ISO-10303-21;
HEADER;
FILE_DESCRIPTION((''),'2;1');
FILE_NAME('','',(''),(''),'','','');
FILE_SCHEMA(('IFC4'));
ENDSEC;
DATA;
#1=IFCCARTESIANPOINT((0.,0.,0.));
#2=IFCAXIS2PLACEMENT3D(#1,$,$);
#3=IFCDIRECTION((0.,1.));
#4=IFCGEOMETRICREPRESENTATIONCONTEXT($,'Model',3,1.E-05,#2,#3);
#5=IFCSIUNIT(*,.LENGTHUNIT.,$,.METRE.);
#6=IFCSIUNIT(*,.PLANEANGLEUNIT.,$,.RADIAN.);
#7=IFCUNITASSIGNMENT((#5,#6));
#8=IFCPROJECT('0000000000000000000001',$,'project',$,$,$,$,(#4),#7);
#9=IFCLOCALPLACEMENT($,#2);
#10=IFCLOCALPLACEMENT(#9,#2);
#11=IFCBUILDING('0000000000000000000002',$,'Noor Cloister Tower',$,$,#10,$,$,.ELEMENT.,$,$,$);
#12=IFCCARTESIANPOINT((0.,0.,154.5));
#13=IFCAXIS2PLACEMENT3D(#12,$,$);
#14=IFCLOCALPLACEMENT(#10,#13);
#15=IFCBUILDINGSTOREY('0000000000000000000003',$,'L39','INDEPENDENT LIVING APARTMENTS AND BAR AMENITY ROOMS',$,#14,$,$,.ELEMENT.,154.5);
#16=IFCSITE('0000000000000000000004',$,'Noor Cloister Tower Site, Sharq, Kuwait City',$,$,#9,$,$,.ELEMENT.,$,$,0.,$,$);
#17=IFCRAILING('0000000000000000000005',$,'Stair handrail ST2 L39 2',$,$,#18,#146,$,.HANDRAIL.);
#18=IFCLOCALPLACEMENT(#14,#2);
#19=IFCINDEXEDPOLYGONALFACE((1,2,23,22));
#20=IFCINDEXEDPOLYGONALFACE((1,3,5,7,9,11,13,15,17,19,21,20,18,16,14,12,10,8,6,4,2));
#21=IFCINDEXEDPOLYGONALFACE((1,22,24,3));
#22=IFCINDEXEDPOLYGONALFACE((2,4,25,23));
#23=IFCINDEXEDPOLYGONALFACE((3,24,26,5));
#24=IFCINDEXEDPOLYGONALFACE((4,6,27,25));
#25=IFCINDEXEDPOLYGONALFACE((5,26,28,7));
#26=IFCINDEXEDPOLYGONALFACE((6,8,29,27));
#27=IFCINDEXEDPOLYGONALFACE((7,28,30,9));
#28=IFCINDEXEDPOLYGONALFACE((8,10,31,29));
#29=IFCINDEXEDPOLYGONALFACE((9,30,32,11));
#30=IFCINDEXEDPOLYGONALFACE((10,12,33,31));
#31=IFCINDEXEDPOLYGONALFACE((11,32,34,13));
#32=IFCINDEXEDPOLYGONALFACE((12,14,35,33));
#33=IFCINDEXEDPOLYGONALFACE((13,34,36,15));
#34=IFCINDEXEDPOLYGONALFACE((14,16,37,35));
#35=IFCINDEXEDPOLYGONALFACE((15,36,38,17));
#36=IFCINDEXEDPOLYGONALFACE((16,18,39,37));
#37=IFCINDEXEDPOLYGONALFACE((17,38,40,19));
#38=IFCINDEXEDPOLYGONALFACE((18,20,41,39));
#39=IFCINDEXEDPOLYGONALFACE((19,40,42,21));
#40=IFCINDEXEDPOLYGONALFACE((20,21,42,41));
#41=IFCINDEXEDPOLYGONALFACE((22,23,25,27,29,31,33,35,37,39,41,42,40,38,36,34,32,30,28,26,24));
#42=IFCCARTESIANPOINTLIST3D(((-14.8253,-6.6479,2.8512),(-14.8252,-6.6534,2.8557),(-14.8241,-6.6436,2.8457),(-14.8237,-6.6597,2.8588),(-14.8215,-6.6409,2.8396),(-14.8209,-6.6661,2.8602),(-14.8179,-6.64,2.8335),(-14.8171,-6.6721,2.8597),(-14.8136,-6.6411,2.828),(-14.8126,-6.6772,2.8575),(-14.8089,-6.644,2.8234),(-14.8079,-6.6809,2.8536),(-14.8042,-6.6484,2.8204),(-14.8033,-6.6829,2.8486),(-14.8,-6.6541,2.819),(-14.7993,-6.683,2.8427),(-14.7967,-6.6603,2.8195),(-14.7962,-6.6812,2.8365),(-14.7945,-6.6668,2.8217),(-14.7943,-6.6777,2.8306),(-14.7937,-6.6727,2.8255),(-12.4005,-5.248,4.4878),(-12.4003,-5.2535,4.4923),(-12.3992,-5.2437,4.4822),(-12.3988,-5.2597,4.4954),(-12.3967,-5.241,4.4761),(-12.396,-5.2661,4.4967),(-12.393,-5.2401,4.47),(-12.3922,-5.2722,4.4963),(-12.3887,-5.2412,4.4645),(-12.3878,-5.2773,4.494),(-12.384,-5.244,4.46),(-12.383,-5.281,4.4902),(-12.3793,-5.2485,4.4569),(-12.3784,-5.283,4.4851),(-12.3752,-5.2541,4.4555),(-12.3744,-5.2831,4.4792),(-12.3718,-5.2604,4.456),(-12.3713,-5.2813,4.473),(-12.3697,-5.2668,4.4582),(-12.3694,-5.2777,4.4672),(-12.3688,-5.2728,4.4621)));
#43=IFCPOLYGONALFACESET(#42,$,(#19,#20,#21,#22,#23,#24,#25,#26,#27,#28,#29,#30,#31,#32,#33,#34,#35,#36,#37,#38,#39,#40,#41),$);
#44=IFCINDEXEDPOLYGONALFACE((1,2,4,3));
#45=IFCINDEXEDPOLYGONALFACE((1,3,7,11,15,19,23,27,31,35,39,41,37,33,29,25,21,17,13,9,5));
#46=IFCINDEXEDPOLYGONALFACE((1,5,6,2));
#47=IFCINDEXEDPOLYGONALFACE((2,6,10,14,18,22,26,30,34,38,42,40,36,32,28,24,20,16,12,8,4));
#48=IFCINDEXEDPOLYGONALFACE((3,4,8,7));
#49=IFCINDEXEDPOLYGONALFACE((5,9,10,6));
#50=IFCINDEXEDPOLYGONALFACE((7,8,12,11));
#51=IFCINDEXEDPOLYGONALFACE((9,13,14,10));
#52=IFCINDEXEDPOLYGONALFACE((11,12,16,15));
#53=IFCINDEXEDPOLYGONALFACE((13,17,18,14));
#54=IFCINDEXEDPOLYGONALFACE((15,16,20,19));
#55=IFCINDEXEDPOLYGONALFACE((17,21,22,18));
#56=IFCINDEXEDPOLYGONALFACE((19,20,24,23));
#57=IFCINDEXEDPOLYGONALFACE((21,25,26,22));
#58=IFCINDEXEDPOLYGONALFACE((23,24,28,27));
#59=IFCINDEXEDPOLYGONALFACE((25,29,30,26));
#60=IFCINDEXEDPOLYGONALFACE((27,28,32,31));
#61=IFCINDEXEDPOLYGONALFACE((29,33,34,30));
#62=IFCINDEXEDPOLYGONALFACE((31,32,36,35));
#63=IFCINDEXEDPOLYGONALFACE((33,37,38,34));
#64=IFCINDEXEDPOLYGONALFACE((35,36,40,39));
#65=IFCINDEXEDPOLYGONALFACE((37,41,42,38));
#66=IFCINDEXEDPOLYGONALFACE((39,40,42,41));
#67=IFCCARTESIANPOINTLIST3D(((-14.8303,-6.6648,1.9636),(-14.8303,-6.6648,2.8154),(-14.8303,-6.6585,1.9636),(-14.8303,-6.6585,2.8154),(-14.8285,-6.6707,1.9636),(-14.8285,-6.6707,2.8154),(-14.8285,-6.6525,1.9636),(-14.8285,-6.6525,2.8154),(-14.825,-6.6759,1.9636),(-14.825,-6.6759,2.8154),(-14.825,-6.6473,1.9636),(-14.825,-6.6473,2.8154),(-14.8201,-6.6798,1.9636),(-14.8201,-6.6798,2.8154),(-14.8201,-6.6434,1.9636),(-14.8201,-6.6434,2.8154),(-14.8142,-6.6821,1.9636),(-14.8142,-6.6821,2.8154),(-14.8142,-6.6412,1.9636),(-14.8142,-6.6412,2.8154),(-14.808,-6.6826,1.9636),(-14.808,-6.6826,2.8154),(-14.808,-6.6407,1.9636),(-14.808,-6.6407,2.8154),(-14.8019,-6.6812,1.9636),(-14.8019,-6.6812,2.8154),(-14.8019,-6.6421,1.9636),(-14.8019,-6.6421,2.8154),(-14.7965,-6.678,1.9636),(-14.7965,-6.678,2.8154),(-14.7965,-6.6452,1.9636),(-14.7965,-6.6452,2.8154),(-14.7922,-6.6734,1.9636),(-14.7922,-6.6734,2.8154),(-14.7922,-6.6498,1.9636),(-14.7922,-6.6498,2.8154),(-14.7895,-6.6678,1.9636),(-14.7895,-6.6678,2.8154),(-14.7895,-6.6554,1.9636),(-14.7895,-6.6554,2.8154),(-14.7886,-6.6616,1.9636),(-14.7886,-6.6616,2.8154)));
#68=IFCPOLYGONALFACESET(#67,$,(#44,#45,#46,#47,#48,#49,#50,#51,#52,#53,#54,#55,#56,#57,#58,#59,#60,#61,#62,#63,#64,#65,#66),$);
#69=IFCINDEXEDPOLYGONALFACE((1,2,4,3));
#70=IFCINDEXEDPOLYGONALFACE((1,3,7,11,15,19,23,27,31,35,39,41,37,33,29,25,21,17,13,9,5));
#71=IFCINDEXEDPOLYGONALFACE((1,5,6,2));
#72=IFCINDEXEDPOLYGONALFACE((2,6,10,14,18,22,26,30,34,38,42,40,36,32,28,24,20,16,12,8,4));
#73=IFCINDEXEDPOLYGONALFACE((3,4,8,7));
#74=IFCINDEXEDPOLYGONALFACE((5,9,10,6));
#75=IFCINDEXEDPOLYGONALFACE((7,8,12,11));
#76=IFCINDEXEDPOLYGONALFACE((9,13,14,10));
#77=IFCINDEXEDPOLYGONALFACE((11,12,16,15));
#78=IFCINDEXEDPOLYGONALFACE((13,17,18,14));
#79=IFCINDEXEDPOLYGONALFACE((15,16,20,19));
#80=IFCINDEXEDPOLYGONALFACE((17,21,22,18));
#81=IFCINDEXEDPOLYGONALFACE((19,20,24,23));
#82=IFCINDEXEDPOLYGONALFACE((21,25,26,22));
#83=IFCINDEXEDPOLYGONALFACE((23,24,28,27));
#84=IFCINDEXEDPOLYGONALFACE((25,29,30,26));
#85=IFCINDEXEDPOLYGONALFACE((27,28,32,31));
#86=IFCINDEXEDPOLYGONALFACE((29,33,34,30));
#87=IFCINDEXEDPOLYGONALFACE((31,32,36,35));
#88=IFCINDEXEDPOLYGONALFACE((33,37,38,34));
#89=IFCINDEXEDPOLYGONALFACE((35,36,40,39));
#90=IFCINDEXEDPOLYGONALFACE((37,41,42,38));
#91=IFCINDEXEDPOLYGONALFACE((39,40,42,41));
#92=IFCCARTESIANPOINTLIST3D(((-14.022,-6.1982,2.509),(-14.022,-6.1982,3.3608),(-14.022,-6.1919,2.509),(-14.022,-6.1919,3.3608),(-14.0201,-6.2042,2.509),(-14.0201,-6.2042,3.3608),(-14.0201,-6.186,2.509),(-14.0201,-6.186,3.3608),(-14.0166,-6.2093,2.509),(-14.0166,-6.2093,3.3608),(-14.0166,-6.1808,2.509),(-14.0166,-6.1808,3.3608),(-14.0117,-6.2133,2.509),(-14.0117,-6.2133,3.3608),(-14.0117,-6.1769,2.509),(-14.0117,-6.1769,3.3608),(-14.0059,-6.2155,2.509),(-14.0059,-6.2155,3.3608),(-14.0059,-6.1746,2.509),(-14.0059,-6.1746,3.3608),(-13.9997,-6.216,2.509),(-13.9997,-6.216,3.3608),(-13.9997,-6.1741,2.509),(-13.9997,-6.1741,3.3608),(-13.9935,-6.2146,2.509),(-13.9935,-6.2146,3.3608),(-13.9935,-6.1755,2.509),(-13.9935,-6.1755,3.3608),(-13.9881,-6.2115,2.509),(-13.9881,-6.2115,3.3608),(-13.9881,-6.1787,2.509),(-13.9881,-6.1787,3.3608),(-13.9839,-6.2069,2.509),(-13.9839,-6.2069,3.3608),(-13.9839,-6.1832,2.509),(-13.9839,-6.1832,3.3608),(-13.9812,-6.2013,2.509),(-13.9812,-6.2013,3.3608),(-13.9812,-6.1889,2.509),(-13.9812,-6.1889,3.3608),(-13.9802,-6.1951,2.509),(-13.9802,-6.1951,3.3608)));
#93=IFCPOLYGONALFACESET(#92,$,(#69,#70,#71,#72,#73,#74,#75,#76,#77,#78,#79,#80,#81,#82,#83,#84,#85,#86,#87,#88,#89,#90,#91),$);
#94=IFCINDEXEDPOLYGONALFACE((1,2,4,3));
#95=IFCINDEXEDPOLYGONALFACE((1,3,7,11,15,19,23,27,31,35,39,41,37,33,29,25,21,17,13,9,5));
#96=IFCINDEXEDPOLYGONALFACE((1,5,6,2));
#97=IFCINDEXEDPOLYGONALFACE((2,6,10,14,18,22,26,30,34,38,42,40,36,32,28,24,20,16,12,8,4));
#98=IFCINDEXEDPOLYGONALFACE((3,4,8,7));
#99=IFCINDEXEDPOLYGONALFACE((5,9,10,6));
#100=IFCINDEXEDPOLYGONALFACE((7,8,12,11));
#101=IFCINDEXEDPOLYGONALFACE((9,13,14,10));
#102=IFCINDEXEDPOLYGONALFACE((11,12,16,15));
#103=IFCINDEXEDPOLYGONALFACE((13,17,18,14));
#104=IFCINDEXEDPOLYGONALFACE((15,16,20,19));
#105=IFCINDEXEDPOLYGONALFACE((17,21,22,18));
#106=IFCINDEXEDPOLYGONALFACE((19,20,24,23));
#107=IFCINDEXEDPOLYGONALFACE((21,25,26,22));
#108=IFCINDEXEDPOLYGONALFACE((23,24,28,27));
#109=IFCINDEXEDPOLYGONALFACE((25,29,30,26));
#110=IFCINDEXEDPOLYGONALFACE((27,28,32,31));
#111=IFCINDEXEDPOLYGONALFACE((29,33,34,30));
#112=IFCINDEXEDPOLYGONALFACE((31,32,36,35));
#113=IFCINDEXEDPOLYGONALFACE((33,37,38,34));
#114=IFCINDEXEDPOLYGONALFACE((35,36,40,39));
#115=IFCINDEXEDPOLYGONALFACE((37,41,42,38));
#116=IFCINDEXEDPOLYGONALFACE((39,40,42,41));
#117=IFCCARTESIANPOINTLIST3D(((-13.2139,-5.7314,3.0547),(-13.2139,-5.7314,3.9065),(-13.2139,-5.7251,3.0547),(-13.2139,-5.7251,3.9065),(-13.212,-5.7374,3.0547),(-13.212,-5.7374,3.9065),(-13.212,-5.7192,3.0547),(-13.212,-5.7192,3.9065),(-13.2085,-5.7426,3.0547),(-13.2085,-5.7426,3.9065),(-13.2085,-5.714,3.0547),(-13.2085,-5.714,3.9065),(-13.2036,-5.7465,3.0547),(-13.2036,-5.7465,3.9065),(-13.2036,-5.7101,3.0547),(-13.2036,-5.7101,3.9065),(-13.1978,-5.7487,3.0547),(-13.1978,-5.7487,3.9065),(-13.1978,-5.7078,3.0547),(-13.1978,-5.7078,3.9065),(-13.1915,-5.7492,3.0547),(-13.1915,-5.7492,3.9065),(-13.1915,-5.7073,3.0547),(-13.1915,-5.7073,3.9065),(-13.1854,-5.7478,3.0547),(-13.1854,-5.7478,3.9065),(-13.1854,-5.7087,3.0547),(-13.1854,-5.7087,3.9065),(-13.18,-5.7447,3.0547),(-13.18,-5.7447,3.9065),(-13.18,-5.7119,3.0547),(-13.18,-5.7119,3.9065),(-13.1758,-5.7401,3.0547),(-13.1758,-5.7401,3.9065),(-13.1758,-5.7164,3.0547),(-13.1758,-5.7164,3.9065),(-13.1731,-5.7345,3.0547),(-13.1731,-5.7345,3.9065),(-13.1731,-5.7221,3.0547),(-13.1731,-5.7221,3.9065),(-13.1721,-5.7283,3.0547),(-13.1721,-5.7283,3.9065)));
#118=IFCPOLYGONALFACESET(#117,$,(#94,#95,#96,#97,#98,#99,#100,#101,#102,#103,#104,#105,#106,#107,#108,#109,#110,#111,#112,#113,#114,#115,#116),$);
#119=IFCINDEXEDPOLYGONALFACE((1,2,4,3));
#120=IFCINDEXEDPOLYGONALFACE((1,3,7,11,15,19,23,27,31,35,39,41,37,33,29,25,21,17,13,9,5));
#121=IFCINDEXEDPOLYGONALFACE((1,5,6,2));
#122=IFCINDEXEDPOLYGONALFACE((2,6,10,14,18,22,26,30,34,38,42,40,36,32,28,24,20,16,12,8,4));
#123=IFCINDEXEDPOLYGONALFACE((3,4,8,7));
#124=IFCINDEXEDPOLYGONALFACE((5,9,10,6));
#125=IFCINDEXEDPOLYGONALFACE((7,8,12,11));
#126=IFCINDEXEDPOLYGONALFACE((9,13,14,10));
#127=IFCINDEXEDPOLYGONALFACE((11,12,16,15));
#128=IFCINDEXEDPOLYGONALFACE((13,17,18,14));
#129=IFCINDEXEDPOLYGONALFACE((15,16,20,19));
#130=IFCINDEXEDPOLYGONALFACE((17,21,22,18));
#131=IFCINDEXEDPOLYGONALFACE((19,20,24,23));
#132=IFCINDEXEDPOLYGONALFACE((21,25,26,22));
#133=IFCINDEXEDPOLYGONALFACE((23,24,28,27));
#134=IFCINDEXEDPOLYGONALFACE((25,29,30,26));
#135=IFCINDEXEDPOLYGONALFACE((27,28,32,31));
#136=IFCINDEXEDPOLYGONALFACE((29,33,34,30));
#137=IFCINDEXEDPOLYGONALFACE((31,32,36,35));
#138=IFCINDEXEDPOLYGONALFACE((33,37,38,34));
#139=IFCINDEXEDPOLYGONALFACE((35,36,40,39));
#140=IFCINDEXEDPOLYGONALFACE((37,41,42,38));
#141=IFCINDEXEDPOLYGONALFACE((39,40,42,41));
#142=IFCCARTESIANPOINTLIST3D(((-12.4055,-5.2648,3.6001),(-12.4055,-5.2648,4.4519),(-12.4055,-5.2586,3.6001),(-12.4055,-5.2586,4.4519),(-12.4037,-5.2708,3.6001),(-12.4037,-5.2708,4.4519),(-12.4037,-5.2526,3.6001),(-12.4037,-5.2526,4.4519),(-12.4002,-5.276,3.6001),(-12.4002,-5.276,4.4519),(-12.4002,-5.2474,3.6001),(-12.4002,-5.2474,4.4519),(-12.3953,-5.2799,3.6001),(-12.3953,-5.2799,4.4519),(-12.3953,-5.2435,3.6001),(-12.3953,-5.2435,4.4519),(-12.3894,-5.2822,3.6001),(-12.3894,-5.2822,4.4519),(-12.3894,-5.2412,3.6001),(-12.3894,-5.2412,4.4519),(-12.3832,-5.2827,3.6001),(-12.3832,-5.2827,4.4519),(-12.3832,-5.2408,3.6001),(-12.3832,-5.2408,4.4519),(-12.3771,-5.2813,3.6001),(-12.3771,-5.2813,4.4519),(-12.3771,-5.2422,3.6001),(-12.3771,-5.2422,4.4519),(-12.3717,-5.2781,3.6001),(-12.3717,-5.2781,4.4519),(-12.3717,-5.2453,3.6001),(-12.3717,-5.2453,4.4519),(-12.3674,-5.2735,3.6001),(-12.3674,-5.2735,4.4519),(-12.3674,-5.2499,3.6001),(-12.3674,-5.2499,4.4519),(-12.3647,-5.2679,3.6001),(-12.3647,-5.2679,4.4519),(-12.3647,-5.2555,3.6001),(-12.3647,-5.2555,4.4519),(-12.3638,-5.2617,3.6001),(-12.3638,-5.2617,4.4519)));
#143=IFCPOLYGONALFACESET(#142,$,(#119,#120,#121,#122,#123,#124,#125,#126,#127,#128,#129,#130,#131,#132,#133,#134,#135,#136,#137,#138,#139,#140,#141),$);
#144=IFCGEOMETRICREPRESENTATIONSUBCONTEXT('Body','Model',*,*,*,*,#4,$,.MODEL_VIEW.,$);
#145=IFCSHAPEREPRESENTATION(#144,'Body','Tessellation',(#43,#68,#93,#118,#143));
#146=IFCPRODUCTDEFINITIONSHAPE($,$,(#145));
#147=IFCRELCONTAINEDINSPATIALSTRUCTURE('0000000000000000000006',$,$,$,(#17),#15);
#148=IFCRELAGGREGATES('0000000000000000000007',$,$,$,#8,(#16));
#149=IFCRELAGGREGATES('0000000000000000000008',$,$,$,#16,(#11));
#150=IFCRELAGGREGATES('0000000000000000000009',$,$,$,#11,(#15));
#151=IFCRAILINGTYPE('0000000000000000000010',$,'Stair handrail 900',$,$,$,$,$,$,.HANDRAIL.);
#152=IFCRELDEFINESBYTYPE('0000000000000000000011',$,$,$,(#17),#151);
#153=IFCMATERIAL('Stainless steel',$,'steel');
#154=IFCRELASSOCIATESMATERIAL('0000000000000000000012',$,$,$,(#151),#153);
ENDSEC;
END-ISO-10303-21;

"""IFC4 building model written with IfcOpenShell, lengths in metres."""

from ifc_helpers import new_model, si_unit, direction, frame, origin, origin_2d, place, context, subcontext, project, spatial, circle, extrude, material, type_object, element, save


model = new_model("IFC4")

# Units and contexts
model_context = context("Model", 3, precision=1e-05, world=origin(), true_north=direction((0.0, 1.0)))
body_context = subcontext(model_context, "Body", "Model", "MODEL_VIEW")
ifc_project = project(units=[si_unit("LENGTHUNIT", "METRE"), si_unit("PLANEANGLEUNIT", "RADIAN")], contexts=[model_context])

# Site, building, storey
site_placement = place(None, origin())
site = spatial("IfcSite", under=ifc_project, at=site_placement, Name="Noor Cloister Tower Site, Sharq, Kuwait City", CompositionType="ELEMENT", RefElevation=0.0)
building_placement = place(site_placement, origin())
building = spatial("IfcBuilding", under=site, at=building_placement, Name="Noor Cloister Tower", CompositionType="ELEMENT")
storey_placement = place(building_placement, frame((0.0, 0.0, 154.5)))
storey = spatial("IfcBuildingStorey", under=building, at=storey_placement, Name="L39", Description="INDEPENDENT LIVING APARTMENTS AND BAR AMENITY ROOMS", CompositionType="ELEMENT", Elevation=154.5)

# Railing
ifc_material_1 = material(Name="Stainless steel", Category="steel")
railing_type_1 = type_object("IfcRailingType", Name="Stair handrail 900", PredefinedType="HANDRAIL", material=ifc_material_1)
railing_1_placement = place(storey_placement, frame((-14.8096, -6.6616, 1.9636)))
element("IfcRailing", 1, at=railing_1_placement, inside=storey, type_object=railing_type_1, Name="Stair handrail ST2 L39 2", PredefinedType="HANDRAIL", context=body_context, shape_type="SweptSolid", body=[
    extrude(circle(Radius=0.0239, at=origin_2d()), frame((0.0, 0.0, 0.876), z_axis=(0.74769, 0.431661, 0.504608), x_axis=(-0.499984, 0.866035, 0.0)), (0.0, 0.0, 1.0), 3.2432),
    extrude(circle(Radius=0.021, at=origin_2d()), origin(), (0.0, 0.0, 1.0), 0.8518),
    extrude(circle(Radius=0.021, at=origin_2d()), frame((0.8083, 0.4666, 0.5454)), (0.0, 0.0, 1.0), 0.8518),
    extrude(circle(Radius=0.021, at=origin_2d()), frame((1.6165, 0.9333, 1.0911)), (0.0, 0.0, 1.0), 0.8518),
    extrude(circle(Radius=0.021, at=origin_2d()), frame((2.4248, 1.3999, 1.6365)), (0.0, 0.0, 1.0), 0.8518),
])

save(model, "model.ifc")
